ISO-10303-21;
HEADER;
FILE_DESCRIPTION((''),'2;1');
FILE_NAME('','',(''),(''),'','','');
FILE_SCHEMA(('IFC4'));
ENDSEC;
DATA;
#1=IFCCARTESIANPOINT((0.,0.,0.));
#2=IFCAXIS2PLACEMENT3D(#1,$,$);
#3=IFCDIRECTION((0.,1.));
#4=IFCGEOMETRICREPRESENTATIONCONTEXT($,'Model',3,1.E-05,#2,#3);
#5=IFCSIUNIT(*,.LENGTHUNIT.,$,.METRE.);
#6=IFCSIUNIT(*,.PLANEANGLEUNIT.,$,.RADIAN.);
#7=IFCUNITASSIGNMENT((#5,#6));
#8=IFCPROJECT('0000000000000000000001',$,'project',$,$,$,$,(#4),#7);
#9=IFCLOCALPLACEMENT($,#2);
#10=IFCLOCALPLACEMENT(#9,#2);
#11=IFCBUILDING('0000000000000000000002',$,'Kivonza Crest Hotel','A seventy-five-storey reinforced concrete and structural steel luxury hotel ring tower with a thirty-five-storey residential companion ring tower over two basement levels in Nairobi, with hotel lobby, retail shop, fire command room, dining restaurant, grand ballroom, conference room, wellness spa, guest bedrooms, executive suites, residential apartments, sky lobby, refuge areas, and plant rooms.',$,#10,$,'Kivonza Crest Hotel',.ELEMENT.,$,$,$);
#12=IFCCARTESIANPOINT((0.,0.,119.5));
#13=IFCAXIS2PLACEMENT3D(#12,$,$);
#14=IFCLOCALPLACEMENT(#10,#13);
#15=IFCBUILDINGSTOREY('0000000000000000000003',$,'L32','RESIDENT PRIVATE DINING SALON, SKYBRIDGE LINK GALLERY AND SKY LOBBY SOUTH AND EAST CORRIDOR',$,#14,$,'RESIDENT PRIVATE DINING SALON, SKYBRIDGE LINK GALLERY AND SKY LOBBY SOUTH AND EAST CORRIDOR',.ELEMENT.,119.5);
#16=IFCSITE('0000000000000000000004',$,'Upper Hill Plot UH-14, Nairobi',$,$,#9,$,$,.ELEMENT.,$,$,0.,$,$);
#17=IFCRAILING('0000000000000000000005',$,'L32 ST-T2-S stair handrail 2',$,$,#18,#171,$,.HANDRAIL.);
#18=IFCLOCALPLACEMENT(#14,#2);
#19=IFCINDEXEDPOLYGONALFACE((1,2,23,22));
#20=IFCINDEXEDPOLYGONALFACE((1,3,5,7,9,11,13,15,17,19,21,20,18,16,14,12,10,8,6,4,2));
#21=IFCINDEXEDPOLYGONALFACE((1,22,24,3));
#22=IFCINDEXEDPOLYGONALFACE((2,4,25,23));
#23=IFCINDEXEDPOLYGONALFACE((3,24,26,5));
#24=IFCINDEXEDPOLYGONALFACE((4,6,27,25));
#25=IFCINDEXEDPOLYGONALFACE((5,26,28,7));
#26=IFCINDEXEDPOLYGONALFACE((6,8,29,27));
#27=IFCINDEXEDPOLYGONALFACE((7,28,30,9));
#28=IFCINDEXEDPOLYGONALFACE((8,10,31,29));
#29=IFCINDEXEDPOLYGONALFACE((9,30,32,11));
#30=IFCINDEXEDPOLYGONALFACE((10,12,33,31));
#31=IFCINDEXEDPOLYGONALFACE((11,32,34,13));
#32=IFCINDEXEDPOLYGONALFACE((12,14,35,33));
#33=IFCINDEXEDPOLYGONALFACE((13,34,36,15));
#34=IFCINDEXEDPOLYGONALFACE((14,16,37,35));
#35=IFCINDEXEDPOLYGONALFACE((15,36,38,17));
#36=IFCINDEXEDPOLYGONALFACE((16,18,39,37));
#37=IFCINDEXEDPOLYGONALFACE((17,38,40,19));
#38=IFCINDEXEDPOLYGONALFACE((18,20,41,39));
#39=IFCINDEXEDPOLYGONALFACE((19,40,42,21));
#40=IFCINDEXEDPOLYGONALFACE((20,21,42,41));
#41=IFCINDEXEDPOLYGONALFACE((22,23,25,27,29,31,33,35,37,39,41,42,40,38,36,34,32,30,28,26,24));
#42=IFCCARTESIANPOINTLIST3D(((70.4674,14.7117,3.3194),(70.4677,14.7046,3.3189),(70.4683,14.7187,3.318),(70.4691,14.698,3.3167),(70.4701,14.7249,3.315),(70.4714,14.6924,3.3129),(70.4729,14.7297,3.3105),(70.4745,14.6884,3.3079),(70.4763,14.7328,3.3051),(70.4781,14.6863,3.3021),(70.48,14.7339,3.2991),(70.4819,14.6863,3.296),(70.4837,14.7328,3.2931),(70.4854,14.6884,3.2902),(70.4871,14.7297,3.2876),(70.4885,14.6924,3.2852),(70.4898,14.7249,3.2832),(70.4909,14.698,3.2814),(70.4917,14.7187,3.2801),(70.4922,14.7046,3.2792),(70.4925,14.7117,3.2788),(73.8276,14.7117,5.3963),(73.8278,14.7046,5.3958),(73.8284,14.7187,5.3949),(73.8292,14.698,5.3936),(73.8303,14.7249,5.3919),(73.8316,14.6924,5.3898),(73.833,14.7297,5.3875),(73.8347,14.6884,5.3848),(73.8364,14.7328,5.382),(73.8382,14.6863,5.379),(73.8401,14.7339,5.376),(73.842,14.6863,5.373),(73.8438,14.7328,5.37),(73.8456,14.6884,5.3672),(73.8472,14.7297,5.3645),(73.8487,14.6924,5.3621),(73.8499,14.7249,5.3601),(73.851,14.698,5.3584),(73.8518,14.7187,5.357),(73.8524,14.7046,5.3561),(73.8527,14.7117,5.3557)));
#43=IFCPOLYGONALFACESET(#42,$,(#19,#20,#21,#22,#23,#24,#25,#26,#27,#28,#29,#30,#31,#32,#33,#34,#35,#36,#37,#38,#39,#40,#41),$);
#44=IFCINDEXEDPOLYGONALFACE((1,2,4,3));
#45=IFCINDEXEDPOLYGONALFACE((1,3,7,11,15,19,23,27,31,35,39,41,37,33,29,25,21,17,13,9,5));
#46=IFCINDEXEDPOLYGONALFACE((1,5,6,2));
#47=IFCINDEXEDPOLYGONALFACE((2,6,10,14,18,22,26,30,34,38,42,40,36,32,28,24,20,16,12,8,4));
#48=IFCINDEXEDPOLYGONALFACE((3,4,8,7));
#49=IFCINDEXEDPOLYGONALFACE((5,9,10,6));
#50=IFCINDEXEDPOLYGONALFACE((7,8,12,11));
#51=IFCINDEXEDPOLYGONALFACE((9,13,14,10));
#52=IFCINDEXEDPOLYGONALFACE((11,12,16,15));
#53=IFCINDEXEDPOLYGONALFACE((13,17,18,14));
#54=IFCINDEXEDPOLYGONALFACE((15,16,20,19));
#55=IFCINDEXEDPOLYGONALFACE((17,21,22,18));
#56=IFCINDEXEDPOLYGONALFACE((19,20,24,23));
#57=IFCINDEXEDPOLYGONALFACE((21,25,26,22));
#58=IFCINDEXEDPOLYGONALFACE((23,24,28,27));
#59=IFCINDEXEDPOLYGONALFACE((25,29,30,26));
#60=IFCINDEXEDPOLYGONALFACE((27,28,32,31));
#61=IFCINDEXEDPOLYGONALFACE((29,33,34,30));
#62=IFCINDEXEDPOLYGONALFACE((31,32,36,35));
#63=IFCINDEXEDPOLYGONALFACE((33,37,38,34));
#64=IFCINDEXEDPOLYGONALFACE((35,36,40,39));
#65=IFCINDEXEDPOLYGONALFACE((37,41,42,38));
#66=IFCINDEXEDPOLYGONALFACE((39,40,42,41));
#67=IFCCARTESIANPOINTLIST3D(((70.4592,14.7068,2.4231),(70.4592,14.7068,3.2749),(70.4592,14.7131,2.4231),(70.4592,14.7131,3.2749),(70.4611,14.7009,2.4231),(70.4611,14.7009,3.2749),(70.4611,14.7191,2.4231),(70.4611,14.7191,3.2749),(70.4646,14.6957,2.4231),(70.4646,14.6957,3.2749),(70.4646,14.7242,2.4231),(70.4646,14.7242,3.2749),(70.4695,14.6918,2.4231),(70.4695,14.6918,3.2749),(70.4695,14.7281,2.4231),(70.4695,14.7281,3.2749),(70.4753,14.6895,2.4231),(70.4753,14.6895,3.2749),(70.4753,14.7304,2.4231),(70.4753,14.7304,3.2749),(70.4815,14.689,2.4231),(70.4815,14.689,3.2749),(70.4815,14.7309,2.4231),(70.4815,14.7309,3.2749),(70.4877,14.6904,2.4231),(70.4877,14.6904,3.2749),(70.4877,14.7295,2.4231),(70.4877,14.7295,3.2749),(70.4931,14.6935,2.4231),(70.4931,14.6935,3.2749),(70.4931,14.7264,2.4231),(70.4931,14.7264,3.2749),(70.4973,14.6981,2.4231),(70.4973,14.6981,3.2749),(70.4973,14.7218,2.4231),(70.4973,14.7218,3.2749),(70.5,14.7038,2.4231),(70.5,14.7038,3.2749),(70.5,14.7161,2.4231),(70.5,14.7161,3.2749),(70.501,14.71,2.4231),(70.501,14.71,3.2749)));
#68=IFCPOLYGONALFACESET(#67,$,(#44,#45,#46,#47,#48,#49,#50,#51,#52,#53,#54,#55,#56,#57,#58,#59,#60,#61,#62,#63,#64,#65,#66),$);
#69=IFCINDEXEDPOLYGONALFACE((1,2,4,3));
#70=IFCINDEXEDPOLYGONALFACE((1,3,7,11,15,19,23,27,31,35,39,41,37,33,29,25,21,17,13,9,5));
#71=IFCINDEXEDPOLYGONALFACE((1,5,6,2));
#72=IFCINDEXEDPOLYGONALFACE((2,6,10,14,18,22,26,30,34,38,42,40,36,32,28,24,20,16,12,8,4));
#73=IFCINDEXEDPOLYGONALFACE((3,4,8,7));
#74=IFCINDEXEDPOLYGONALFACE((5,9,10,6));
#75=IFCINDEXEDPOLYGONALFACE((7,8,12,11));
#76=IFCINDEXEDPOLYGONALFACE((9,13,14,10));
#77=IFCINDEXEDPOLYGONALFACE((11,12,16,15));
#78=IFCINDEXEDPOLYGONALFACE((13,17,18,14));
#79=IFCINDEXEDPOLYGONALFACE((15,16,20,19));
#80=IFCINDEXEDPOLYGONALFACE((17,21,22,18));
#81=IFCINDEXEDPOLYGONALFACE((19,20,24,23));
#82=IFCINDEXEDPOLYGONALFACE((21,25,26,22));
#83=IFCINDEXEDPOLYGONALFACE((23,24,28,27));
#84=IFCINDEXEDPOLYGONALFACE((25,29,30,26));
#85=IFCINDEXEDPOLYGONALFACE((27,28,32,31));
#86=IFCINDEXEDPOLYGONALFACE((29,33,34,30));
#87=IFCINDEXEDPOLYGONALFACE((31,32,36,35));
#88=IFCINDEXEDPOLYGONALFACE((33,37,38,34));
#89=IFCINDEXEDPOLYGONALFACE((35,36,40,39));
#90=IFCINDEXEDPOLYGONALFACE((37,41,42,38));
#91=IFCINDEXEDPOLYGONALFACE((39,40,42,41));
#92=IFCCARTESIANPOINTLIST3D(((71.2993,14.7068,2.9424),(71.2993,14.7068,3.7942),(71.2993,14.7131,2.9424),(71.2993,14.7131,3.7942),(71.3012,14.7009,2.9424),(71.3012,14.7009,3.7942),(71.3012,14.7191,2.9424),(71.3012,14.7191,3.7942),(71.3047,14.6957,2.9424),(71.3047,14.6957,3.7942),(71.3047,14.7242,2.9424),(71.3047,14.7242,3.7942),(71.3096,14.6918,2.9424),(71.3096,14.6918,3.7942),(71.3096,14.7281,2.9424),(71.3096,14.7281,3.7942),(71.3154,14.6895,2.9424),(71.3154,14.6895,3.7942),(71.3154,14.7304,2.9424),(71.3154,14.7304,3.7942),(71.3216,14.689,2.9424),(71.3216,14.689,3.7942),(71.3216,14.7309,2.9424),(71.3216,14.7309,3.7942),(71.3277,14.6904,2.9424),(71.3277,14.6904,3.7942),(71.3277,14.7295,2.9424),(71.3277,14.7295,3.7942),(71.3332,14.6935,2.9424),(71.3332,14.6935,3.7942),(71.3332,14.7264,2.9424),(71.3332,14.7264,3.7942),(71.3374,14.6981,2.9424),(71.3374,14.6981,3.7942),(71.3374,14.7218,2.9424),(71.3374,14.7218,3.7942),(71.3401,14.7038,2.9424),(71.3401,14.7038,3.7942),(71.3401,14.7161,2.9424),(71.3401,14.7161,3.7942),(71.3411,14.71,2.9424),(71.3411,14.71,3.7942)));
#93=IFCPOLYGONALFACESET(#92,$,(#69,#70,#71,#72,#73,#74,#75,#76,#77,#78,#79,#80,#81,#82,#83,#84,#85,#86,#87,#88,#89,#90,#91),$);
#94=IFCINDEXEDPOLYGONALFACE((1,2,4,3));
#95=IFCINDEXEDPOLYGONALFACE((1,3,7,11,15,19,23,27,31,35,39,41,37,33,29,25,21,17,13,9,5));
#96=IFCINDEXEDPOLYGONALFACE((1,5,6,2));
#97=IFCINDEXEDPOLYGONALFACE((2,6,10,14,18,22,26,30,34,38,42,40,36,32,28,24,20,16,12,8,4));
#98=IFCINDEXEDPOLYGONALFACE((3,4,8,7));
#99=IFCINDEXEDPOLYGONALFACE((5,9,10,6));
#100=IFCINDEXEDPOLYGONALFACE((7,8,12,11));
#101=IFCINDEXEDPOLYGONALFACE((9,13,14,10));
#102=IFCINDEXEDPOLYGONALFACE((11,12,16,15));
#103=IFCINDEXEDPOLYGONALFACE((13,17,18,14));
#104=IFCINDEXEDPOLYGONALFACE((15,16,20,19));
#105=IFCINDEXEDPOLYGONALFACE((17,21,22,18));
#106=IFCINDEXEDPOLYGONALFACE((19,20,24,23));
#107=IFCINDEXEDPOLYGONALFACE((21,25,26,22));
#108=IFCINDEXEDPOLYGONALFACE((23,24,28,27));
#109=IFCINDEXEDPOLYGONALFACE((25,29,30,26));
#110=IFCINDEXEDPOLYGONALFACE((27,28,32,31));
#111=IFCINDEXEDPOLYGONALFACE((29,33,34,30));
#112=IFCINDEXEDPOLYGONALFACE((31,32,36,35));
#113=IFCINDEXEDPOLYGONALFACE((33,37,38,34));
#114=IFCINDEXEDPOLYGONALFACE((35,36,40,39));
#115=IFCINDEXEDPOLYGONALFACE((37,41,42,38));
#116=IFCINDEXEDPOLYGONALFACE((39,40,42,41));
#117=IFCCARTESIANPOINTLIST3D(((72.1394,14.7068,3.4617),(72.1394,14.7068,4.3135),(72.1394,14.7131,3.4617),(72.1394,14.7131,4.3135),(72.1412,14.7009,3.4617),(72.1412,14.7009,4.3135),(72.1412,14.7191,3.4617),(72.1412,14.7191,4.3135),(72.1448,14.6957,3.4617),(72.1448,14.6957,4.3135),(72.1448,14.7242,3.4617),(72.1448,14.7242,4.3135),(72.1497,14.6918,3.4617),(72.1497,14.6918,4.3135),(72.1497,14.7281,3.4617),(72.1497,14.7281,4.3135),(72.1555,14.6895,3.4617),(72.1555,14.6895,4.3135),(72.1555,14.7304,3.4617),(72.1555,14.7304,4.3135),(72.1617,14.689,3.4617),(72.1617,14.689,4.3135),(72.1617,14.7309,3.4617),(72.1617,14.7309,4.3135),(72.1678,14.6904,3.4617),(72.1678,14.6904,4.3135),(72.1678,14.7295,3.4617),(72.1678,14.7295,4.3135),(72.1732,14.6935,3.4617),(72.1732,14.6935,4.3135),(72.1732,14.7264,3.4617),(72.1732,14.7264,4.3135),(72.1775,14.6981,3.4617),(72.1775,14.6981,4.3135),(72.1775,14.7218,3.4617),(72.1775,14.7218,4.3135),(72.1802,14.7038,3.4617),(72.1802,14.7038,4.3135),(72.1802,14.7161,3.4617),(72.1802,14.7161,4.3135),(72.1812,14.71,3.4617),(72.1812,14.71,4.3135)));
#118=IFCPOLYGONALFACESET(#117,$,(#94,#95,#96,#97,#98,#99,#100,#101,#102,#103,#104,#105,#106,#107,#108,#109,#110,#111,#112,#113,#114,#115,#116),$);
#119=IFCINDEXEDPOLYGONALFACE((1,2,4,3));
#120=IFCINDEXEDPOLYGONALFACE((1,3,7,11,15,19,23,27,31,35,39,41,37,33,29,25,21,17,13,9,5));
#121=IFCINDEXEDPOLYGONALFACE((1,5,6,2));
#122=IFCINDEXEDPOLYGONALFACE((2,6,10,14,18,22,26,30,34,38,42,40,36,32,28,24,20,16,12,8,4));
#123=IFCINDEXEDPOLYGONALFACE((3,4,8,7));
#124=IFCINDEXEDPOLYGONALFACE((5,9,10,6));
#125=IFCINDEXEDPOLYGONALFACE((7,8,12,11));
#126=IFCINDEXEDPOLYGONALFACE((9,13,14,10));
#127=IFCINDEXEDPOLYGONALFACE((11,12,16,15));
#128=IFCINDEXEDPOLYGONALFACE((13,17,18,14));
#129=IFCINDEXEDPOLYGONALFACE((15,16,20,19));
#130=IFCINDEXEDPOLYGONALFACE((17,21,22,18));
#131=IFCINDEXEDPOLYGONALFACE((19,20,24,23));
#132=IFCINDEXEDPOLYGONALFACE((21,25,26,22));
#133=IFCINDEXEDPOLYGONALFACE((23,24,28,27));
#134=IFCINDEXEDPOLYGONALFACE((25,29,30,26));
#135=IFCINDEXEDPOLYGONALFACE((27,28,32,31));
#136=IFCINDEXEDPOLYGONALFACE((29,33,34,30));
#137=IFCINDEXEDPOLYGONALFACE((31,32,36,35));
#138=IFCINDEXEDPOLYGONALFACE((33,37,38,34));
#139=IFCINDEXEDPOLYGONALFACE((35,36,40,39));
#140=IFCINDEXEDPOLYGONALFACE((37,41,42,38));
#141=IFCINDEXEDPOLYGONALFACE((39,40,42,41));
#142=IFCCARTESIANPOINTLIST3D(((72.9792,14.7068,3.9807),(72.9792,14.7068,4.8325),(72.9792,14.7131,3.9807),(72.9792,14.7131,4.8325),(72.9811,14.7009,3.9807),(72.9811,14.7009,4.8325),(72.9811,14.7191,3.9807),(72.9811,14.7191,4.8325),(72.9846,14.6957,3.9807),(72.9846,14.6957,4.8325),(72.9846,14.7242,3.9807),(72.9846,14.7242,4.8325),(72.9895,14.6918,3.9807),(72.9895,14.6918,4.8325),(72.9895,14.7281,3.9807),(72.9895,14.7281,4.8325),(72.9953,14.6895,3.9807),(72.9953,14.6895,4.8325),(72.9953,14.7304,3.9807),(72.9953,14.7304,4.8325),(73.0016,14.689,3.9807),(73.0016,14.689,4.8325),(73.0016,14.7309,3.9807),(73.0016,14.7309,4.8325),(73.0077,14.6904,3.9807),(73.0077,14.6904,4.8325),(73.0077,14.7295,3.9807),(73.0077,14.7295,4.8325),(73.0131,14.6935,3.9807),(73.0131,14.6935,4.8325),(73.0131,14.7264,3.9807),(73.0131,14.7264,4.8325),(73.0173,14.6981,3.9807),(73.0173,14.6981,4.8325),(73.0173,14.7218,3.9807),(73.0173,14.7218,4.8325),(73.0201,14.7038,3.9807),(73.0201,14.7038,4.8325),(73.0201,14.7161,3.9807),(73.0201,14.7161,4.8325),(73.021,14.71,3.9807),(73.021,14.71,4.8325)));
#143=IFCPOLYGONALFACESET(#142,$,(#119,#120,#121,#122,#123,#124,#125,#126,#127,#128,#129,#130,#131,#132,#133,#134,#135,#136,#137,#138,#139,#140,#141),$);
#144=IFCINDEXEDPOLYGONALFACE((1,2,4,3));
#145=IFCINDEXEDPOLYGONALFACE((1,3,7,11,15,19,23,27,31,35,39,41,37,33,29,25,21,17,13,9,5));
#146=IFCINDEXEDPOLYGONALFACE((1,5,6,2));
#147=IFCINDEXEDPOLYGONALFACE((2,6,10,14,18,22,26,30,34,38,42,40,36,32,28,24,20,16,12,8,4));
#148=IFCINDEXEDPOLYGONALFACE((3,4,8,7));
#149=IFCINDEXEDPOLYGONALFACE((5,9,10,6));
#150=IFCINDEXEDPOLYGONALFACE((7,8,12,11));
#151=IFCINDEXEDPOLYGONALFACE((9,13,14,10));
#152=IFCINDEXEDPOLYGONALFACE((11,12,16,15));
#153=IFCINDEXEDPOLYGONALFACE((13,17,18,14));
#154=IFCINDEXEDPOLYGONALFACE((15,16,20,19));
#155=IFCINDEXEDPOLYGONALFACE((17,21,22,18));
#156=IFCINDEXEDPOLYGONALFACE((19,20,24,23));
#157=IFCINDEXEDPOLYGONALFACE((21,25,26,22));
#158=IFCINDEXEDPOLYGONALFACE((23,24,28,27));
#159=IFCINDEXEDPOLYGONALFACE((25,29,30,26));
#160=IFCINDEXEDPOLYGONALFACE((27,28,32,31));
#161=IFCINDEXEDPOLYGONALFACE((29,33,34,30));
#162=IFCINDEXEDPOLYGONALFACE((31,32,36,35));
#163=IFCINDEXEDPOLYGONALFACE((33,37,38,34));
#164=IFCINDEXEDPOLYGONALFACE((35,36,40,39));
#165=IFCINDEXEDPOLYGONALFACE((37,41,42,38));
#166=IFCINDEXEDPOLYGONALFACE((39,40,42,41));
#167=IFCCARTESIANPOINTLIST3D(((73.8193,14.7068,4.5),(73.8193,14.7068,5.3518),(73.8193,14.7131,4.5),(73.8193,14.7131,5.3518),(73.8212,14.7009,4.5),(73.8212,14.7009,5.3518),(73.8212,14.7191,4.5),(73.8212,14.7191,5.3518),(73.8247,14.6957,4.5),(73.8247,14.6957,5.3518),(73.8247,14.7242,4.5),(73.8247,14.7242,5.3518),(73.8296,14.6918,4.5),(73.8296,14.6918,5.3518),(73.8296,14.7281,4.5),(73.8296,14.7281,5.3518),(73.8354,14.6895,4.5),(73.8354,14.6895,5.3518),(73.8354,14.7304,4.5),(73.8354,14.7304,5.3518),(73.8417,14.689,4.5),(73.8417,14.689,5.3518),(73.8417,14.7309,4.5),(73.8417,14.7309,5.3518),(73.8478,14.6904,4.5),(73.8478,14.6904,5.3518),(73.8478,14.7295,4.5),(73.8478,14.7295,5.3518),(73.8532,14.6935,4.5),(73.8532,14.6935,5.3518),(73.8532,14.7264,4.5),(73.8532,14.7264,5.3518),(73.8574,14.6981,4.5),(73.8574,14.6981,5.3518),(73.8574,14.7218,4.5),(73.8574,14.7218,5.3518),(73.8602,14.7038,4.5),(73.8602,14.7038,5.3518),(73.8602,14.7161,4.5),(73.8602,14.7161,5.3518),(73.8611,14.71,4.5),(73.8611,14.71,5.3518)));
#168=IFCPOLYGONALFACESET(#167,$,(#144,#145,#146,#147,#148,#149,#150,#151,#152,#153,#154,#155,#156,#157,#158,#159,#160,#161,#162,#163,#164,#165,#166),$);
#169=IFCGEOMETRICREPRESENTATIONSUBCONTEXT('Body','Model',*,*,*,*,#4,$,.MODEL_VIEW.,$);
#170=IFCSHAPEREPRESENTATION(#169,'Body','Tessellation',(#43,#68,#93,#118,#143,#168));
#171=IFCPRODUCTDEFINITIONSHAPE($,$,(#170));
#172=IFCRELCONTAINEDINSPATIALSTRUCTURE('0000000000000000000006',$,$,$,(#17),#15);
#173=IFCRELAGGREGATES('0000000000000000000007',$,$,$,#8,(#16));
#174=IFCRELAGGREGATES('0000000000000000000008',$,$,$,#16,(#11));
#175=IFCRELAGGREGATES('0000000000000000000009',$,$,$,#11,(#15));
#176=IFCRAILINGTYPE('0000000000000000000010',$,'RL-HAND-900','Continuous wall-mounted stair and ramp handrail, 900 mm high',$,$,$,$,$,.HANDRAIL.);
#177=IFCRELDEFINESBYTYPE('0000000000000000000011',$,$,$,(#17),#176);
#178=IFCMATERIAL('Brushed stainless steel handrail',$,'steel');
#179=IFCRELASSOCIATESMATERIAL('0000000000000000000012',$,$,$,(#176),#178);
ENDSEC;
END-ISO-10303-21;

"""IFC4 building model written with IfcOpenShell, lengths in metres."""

from ifc_helpers import new_model, si_unit, direction, frame, origin, origin_2d, place, context, subcontext, project, spatial, circle, extrude, material, type_object, element, save


model = new_model("IFC4")

# Units and contexts
model_context = context("Model", 3, precision=1e-05, world=origin(), true_north=direction((0.0, 1.0)))
body_context = subcontext(model_context, "Body", "Model", "MODEL_VIEW")
ifc_project = project(units=[si_unit("LENGTHUNIT", "METRE"), si_unit("PLANEANGLEUNIT", "RADIAN")], contexts=[model_context])

# Site, building, storey
site_placement = place(None, origin())
site = spatial("IfcSite", under=ifc_project, at=site_placement, Name="Upper Hill Plot UH-14, Nairobi", CompositionType="ELEMENT", RefElevation=0.0)
building_placement = place(site_placement, origin())
building = spatial("IfcBuilding", under=site, at=building_placement, Name="Kivonza Crest Hotel", Description="A seventy-five-storey reinforced concrete and structural steel luxury hotel ring tower with a thirty-five-storey residential companion ring tower over two basement levels in Nairobi, with hotel lobby, retail shop, fire command room, dining restaurant, grand ballroom, conference room, wellness spa, guest bedrooms, executive suites, residential apartments, sky lobby, refuge areas, and plant rooms.", LongName="Kivonza Crest Hotel", CompositionType="ELEMENT")
storey_placement = place(building_placement, frame((0.0, 0.0, 119.5)))
storey = spatial("IfcBuildingStorey", under=building, at=storey_placement, Name="L32", Description="RESIDENT PRIVATE DINING SALON, SKYBRIDGE LINK GALLERY AND SKY LOBBY SOUTH AND EAST CORRIDOR", LongName="RESIDENT PRIVATE DINING SALON, SKYBRIDGE LINK GALLERY AND SKY LOBBY SOUTH AND EAST CORRIDOR", CompositionType="ELEMENT", Elevation=119.5)

# Railing
ifc_material_1 = material(Name="Brushed stainless steel handrail", Category="steel")
railing_type_1 = type_object("IfcRailingType", Name="RL-HAND-900", Description="Continuous wall-mounted stair and ramp handrail, 900 mm high", PredefinedType="HANDRAIL", material=ifc_material_1)
railing_1_placement = place(storey_placement, frame((70.48, 14.71, 2.4231)))
element("IfcRailing", 1, at=railing_1_placement, inside=storey, type_object=railing_type_1, Name="L32 ST-T2-S stair handrail 2", PredefinedType="HANDRAIL", context=body_context, shape_type="SweptSolid", body=[
    extrude(circle(Radius=0.0239, at=origin_2d()), frame((0.0, 0.0, 0.876), z_axis=(0.850623, 0.0, 0.525776), x_axis=(0.0, 1.0, 0.0)), (0.0, 0.0, 1.0), 3.9502),
    extrude(circle(Radius=0.021, at=origin_2d()), origin(), (0.0, 0.0, 1.0), 0.8518),
    extrude(circle(Radius=0.021, at=origin_2d()), frame((0.8401, 0.0, 0.5193)), (0.0, 0.0, 1.0), 0.8518),
    extrude(circle(Radius=0.021, at=origin_2d()), frame((1.6802, 0.0, 1.0386)), (0.0, 0.0, 1.0), 0.8518),
    extrude(circle(Radius=0.021, at=origin_2d()), frame((2.52, 0.0, 1.5576)), (0.0, 0.0, 1.0), 0.8518),
    extrude(circle(Radius=0.021, at=origin_2d()), frame((3.3601, 0.0, 2.0769)), (0.0, 0.0, 1.0), 0.8518),
])

save(model, "model.ifc")
